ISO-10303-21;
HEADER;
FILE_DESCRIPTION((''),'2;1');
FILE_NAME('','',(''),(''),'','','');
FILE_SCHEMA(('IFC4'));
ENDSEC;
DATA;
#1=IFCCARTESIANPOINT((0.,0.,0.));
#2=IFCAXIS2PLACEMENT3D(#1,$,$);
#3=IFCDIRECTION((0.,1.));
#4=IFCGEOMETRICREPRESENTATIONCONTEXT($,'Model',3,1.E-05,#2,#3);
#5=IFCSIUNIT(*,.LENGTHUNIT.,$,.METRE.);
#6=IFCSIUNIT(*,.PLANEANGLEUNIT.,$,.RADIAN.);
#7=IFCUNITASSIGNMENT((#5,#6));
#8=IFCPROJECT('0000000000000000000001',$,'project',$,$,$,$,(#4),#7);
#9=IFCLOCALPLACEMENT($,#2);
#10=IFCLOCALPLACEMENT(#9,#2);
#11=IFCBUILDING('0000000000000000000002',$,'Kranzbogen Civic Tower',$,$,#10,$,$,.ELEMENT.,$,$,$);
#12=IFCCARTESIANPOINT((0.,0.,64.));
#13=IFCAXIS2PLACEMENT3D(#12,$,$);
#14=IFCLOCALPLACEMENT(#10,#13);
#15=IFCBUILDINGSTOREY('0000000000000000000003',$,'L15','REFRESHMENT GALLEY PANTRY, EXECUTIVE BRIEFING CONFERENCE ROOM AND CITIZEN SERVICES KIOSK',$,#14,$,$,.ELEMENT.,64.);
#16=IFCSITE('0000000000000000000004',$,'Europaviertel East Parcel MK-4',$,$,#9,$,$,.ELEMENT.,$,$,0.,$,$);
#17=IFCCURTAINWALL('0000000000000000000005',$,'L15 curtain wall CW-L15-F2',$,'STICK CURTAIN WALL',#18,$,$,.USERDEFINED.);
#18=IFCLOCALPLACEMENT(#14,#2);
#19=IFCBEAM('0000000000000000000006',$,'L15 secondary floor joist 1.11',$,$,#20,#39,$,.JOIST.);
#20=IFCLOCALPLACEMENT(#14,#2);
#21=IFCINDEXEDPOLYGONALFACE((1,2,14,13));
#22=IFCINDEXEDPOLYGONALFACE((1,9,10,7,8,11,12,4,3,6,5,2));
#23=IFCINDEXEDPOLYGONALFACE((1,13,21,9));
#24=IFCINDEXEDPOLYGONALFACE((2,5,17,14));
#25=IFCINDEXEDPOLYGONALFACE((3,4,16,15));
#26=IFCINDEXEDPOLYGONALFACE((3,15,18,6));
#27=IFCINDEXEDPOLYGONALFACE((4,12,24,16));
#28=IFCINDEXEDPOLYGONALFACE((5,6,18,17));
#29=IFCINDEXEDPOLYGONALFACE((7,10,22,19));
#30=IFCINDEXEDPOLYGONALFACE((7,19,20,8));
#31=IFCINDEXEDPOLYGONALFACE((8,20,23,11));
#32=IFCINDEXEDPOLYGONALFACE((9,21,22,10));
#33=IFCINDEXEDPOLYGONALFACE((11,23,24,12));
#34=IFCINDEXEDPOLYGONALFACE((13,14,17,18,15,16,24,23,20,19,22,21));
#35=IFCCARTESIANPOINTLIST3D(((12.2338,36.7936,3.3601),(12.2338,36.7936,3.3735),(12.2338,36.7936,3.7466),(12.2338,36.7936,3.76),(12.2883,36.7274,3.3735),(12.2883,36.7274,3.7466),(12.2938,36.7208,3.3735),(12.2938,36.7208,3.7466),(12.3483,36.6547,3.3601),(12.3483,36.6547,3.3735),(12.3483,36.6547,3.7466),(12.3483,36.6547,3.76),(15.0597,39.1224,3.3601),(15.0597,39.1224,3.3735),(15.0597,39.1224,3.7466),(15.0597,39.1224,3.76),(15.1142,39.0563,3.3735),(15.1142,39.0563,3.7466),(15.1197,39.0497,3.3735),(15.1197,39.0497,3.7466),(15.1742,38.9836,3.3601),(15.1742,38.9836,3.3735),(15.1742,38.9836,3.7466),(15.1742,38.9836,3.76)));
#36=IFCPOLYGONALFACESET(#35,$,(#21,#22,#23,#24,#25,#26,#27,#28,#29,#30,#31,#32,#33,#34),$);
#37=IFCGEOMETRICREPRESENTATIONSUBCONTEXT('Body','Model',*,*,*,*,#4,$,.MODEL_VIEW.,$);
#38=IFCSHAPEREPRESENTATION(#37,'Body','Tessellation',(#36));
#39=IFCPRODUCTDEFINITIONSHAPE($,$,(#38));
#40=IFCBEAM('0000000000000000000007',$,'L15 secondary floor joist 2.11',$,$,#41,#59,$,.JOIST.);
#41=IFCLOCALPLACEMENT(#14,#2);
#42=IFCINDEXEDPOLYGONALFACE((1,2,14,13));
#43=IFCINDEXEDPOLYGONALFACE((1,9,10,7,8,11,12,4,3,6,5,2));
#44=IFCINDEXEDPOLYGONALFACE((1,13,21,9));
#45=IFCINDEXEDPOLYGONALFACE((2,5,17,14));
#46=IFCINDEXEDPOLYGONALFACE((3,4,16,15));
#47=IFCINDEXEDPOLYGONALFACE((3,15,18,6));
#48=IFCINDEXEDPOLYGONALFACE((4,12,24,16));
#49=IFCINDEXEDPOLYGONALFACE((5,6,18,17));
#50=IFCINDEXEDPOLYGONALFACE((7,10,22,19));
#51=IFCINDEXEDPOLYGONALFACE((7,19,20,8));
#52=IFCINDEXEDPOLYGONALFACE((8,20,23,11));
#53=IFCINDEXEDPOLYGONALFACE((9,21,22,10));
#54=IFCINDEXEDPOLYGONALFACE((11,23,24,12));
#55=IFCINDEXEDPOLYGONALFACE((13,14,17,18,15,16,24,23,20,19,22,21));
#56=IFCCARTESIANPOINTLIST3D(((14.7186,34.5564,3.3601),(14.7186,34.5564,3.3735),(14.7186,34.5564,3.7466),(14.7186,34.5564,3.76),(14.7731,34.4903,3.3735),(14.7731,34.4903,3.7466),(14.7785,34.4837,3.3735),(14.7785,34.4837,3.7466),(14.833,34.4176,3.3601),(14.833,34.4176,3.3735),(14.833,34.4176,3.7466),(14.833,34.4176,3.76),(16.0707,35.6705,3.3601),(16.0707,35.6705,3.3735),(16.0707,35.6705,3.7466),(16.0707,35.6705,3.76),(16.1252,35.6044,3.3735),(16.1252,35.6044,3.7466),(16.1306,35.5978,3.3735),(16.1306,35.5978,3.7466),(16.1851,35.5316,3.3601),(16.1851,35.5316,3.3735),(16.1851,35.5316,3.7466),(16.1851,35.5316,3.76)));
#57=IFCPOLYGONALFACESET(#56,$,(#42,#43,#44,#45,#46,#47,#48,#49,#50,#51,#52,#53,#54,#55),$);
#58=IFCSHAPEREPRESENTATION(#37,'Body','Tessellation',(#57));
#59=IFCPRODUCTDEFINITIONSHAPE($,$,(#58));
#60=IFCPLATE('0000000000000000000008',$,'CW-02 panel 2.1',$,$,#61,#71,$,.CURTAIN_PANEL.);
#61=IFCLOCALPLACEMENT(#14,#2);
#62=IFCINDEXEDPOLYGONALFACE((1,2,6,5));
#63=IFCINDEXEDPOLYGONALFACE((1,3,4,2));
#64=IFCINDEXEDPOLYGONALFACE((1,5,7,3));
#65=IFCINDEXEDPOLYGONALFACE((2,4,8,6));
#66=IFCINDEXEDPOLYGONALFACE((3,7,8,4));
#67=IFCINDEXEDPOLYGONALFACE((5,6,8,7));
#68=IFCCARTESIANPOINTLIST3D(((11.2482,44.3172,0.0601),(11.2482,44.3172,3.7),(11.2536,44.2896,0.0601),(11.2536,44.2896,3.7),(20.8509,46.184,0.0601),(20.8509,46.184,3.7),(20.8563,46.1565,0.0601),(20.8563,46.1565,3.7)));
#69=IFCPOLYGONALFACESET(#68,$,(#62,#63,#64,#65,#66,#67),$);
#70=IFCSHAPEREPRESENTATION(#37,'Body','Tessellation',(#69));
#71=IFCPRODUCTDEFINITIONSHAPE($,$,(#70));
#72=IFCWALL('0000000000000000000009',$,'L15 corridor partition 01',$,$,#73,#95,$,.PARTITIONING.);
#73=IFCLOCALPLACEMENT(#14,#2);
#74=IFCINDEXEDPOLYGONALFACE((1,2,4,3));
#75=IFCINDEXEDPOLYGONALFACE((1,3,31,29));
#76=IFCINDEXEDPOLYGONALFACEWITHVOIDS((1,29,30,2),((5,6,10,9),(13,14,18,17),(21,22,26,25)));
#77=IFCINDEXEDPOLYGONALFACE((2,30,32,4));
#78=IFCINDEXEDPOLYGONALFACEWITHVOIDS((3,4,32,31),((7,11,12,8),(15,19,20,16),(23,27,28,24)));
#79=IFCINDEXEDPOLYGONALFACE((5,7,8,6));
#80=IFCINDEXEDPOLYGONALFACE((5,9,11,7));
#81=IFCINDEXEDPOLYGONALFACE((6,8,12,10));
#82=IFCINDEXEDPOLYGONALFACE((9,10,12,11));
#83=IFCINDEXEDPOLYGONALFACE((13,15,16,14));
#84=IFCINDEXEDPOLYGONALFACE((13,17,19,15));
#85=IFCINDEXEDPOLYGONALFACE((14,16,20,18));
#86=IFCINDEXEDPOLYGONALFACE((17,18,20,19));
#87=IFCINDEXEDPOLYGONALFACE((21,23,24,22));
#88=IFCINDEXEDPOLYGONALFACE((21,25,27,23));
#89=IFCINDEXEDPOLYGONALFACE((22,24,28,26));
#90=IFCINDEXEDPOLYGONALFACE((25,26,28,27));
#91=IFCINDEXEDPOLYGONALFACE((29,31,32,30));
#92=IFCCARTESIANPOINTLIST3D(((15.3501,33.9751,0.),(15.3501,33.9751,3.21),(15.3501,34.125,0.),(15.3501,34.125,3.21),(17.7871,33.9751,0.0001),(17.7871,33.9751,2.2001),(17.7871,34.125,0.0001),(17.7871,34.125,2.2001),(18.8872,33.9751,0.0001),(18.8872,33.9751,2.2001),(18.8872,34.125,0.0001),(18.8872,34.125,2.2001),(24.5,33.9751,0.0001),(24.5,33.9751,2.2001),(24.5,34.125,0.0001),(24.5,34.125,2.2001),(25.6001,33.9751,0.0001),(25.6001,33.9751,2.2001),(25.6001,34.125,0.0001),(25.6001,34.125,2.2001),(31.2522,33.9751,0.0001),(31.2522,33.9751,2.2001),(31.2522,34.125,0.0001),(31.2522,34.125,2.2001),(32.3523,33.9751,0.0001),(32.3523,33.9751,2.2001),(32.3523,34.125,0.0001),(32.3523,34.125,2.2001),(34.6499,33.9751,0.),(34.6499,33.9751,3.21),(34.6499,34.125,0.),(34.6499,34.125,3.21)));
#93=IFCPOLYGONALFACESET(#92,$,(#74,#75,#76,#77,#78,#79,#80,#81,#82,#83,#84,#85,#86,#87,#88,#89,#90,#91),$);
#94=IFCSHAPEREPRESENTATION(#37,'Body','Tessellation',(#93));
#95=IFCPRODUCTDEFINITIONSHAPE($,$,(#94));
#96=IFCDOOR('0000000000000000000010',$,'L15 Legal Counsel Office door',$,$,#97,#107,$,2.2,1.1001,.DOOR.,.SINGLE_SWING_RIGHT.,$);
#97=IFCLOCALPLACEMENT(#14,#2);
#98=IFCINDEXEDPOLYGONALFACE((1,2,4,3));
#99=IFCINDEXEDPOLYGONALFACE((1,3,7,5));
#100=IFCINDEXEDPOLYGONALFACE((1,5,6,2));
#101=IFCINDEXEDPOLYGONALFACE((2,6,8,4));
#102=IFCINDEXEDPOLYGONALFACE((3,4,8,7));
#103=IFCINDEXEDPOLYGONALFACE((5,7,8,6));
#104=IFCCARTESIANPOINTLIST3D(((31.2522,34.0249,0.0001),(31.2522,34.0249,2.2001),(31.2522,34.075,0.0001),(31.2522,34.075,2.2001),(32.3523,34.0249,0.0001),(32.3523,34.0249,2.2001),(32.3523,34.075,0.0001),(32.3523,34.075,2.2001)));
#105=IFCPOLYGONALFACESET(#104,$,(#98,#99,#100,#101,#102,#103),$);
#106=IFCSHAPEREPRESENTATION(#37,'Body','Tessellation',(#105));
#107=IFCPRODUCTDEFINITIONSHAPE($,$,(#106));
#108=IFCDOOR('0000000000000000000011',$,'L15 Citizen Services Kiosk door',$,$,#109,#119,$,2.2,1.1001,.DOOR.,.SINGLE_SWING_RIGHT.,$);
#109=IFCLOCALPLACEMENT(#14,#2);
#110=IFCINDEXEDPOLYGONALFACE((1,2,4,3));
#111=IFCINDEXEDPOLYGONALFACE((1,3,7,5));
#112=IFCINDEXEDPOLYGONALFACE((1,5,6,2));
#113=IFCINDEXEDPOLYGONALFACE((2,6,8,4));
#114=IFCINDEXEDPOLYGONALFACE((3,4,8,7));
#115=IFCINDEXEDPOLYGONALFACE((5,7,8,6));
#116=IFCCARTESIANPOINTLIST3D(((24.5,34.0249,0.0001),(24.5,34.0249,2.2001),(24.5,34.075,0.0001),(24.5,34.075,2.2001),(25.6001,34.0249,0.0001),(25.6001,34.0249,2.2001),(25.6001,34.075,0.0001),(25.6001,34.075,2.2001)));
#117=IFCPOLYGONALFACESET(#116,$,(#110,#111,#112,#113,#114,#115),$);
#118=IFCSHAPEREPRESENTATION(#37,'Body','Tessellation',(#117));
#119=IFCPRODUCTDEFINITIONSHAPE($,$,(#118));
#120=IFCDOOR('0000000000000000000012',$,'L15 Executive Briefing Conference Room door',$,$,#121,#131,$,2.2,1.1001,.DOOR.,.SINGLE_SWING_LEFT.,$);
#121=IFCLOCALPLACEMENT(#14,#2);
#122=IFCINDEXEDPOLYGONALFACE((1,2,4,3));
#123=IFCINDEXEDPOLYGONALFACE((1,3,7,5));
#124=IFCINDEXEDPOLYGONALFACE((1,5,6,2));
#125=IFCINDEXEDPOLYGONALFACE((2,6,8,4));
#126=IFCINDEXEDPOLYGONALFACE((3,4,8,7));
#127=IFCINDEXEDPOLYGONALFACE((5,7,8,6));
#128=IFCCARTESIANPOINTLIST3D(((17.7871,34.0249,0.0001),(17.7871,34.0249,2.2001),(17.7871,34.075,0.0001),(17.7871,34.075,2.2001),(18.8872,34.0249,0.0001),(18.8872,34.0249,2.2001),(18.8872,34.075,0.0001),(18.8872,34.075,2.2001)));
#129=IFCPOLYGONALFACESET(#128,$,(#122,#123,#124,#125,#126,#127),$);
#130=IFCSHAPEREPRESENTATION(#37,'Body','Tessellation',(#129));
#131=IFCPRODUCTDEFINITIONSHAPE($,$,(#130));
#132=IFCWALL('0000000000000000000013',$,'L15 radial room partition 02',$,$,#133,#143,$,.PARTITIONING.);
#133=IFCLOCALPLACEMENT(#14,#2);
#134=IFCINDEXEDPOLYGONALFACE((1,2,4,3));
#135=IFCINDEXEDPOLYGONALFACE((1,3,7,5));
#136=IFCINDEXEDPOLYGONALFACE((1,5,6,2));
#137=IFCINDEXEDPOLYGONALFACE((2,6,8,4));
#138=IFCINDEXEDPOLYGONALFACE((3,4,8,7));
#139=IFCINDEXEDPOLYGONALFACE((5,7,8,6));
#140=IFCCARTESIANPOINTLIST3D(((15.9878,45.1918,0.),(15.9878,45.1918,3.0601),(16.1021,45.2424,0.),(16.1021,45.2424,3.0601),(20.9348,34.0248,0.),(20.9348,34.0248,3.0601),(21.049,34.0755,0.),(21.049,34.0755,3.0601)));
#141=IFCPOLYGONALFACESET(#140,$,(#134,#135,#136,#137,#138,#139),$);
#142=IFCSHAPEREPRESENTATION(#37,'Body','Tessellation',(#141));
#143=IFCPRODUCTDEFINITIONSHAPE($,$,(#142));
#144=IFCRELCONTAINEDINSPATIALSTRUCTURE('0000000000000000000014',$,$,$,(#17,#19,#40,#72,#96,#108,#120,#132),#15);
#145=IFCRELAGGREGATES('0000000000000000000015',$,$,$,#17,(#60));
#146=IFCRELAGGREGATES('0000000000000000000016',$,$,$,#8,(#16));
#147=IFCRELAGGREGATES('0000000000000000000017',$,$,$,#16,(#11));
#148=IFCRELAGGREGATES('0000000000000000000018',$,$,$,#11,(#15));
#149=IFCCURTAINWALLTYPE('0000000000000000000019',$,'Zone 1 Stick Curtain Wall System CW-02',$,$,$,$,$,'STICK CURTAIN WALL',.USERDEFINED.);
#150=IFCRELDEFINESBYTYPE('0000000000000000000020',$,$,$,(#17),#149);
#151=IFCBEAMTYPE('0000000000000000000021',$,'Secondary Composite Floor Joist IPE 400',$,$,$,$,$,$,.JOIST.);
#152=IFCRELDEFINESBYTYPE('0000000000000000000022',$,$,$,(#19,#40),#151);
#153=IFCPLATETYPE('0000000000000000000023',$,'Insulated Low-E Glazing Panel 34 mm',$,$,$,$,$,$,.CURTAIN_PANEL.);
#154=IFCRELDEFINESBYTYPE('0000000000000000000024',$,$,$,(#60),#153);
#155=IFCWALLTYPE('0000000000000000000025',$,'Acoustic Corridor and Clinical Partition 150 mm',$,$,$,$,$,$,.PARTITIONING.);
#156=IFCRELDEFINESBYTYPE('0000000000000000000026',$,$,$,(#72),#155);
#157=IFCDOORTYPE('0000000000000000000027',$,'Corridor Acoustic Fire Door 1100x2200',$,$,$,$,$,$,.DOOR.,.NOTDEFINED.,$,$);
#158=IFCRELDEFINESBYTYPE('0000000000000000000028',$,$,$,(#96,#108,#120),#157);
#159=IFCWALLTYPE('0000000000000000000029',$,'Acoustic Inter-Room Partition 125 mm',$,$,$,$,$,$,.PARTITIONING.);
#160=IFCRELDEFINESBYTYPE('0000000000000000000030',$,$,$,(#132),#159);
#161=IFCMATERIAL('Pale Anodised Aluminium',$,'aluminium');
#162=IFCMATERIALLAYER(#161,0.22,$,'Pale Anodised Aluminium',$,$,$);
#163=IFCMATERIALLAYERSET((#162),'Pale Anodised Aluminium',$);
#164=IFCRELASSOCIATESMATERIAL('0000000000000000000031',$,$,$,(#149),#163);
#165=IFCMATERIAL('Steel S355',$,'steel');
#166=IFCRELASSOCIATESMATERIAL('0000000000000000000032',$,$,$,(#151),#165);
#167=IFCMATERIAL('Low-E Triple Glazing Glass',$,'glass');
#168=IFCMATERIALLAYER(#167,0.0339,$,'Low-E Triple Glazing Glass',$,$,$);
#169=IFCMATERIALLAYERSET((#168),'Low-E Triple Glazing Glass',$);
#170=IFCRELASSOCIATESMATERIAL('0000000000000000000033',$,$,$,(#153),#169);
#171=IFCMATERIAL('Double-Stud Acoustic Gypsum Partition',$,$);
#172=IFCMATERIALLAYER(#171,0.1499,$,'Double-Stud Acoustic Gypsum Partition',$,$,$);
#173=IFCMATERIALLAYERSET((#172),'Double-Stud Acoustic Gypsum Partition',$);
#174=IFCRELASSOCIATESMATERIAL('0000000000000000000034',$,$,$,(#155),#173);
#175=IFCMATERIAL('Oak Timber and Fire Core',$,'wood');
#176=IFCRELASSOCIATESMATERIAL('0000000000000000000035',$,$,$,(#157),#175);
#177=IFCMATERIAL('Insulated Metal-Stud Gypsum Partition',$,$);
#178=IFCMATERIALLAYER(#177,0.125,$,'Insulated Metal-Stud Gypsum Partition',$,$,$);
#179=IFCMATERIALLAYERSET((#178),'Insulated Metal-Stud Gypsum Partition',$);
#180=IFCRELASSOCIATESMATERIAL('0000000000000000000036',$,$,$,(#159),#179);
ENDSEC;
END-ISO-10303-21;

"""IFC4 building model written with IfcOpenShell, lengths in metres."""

from ifc_helpers import new_model, si_unit, direction, frame, frame_2d, origin, origin_2d, place, context, subcontext, project, spatial, rectangle, i_section, extrude, material, layer, layer_set, material_profile, profile_set, type_object, element, fill, aggregate, save


model = new_model("IFC4")

# Units and contexts
model_context = context("Model", 3, precision=1e-05, world=origin(), true_north=direction((0.0, 1.0)))
body_context = subcontext(model_context, "Body", "Model", "MODEL_VIEW")
ifc_project = project(units=[si_unit("LENGTHUNIT", "METRE"), si_unit("PLANEANGLEUNIT", "RADIAN")], contexts=[model_context])

# Site, building, storey
site_placement = place(None, origin())
site = spatial("IfcSite", under=ifc_project, at=site_placement, Name="Europaviertel East Parcel MK-4", CompositionType="ELEMENT", RefElevation=0.0)
building_placement = place(site_placement, origin())
building = spatial("IfcBuilding", under=site, at=building_placement, Name="Kranzbogen Civic Tower", CompositionType="ELEMENT")
storey_placement = place(building_placement, frame((0.0, 0.0, 64.0)))
storey = spatial("IfcBuildingStorey", under=building, at=storey_placement, Name="L15", Description="REFRESHMENT GALLEY PANTRY, EXECUTIVE BRIEFING CONFERENCE ROOM AND CITIZEN SERVICES KIOSK", CompositionType="ELEMENT", Elevation=64.0)

# Shared definitions
ifc_material_1 = material(Name="Steel S355", Category="steel")

# Curtain wall
ifc_material_2 = material(Name="Pale Anodised Aluminium", Category="aluminium")
ifc_layer_1 = layer(ifc_material_2, 0.22, Name="Pale Anodised Aluminium")
ifc_layer_set_1 = layer_set([ifc_layer_1], Name="Pale Anodised Aluminium")
curtain_wall_type = type_object("IfcCurtainWallType", Name="Zone 1 Stick Curtain Wall System CW-02", ElementType="STICK CURTAIN WALL", PredefinedType="USERDEFINED", material=ifc_layer_set_1)
curtain_wall_placement = place(storey_placement, origin())
curtain_wall = element("IfcCurtainWall", 1, at=curtain_wall_placement, inside=storey, type_object=curtain_wall_type, Name="L15 curtain wall CW-L15-F2", ObjectType="STICK CURTAIN WALL", PredefinedType="USERDEFINED")

# Beams
ifc_material_profile_1 = material_profile(ifc_material_1, i_section(OverallWidth=0.1799, OverallDepth=0.3999, WebThickness=0.0085, FlangeThickness=0.0134, at=origin_2d()), Name="IPE 400")
ifc_profile_set_1 = profile_set([ifc_material_profile_1], Name="Steel S355")
beam_type_1 = type_object("IfcBeamType", Name="Secondary Composite Floor Joist IPE 400", PredefinedType="JOIST", material=ifc_profile_set_1)
beam_1_placement = place(storey_placement, frame((15.1169, 39.053, 3.5601), z_axis=(-0.771713, -0.635971, 0.0), x_axis=(0.635971, -0.771713, 0.0)))
element("IfcBeam", 2, at=beam_1_placement, inside=storey, type_object=beam_type_1, Name="L15 secondary floor joist 1.11", PredefinedType="JOIST", context=body_context, shape_type="SweptSolid", body=[
    extrude(i_section(OverallWidth=0.1799, OverallDepth=0.3999, WebThickness=0.0085, FlangeThickness=0.0134, at=origin_2d()), origin(), (0.0, 0.0, 1.0), 3.6619),
])
beam_2_placement = place(storey_placement, frame((16.1279, 35.6011, 3.5601), z_axis=(-0.771773, -0.635898, 0.0), x_axis=(0.635898, -0.771773, 0.0)))
element("IfcBeam", 3, at=beam_2_placement, inside=storey, type_object=beam_type_1, Name="L15 secondary floor joist 2.11", PredefinedType="JOIST", context=body_context, shape_type="SweptSolid", body=[
    extrude(i_section(OverallWidth=0.1799, OverallDepth=0.3999, WebThickness=0.0085, FlangeThickness=0.0134, at=origin_2d()), origin(), (0.0, 0.0, 1.0), 1.752),
])

# Plate
ifc_material_3 = material(Name="Low-E Triple Glazing Glass", Category="glass")
ifc_layer_2 = layer(ifc_material_3, 0.0339, Name="Low-E Triple Glazing Glass")
ifc_layer_set_2 = layer_set([ifc_layer_2], Name="Low-E Triple Glazing Glass")
plate_type = type_object("IfcPlateType", Name="Insulated Low-E Glazing Panel 34 mm", PredefinedType="CURTAIN_PANEL", material=ifc_layer_set_2)
plate_placement = place(storey_placement, frame((16.0522, 45.2368, 0.0601), z_axis=(0.0, 0.0, 1.0), x_axis=(-0.981622, -0.190834, 0.0)))
plate = element("IfcPlate", 4, at=plate_placement, type_object=plate_type, Name="CW-02 panel 2.1", PredefinedType="CURTAIN_PANEL", context=body_context, shape_type="SweptSolid", body=[
    extrude(rectangle(XDim=9.7825, YDim=0.0281, at=origin_2d()), origin(), (0.0, 0.0, 1.0), 3.6399),
])
aggregate(curtain_wall, [plate])

# Wall, openings, doors
ifc_material_4 = material(Name="Double-Stud Acoustic Gypsum Partition")
ifc_layer_3 = layer(ifc_material_4, 0.1499, Name="Double-Stud Acoustic Gypsum Partition")
ifc_layer_set_3 = layer_set([ifc_layer_3], Name="Double-Stud Acoustic Gypsum Partition")
wall_type_1 = type_object("IfcWallType", Name="Acoustic Corridor and Clinical Partition 150 mm", PredefinedType="PARTITIONING", material=ifc_layer_set_3)
wall_1_placement = place(storey_placement, frame((15.3501, 34.05, 0.0), z_axis=(0.0, 0.0, 1.0), x_axis=(1.0, 0.0, 0.0)))
wall_1 = element("IfcWall", 5, at=wall_1_placement, inside=storey, type_object=wall_type_1, Name="L15 corridor partition 01", PredefinedType="PARTITIONING", context=body_context, shape_type="SweptSolid", body=[
    extrude(rectangle(XDim=19.2998, YDim=0.1499, at=frame_2d((9.6499, 0.0))), origin(), (0.0, 0.0, 1.0), 3.21),
])
opening_1_placement = place(wall_1_placement, frame((15.9021, 0.0, 0.0)))
opening_1 = element("IfcOpeningElement", 6, at=opening_1_placement, cuts=wall_1, PredefinedType="OPENING", context=body_context, shape_type="SweptSolid", body=[
    extrude(rectangle(XDim=1.1001, YDim=2.2, at=frame_2d((0.55, 1.1001))), frame((0.0, 0.085, 0.0), z_axis=(0.0, -1.0, 0.0), x_axis=(1.0, 0.0, 0.0)), (0.0, 0.0, 1.0), 0.1699),
])
opening_2_placement = place(wall_1_placement, frame((9.1499, 0.0, 0.0)))
opening_2 = element("IfcOpeningElement", 7, at=opening_2_placement, cuts=wall_1, PredefinedType="OPENING", context=body_context, shape_type="SweptSolid", body=[
    extrude(rectangle(XDim=1.1001, YDim=2.2, at=frame_2d((0.55, 1.1001))), frame((0.0, 0.085, 0.0), z_axis=(0.0, -1.0, 0.0), x_axis=(1.0, 0.0, 0.0)), (0.0, 0.0, 1.0), 0.1699),
])
opening_3_placement = place(wall_1_placement, frame((2.437, 0.0, 0.0)))
opening_3 = element("IfcOpeningElement", 8, at=opening_3_placement, cuts=wall_1, PredefinedType="OPENING", context=body_context, shape_type="SweptSolid", body=[
    extrude(rectangle(XDim=1.1001, YDim=2.2, at=frame_2d((0.55, 1.1001))), frame((0.0, 0.085, 0.0), z_axis=(0.0, -1.0, 0.0), x_axis=(1.0, 0.0, 0.0)), (0.0, 0.0, 1.0), 0.1699),
])
ifc_material_5 = material(Name="Oak Timber and Fire Core", Category="wood")
door_type_1 = type_object("IfcDoorType", Name="Corridor Acoustic Fire Door 1100x2200", OperationType="NOTDEFINED", PredefinedType="DOOR", material=ifc_material_5)
door_1_placement = place(opening_1_placement, origin())
door_1 = element("IfcDoor", 9, at=door_1_placement, inside=storey, type_object=door_type_1, Name="L15 Legal Counsel Office door", OperationType="SINGLE_SWING_RIGHT", OverallHeight=2.2, OverallWidth=1.1001, PredefinedType="DOOR", context=body_context, shape_type="SweptSolid", body=[
    extrude(rectangle(XDim=1.1001, YDim=2.2, at=frame_2d((0.55, 1.1001))), frame((0.0, 0.0249, 0.0), z_axis=(0.0, -1.0, 0.0), x_axis=(1.0, 0.0, 0.0)), (0.0, 0.0, 1.0), 0.05),
])
fill(opening_1, door_1)
door_2_placement = place(opening_2_placement, origin())
door_2 = element("IfcDoor", 10, at=door_2_placement, inside=storey, type_object=door_type_1, Name="L15 Citizen Services Kiosk door", OperationType="SINGLE_SWING_RIGHT", OverallHeight=2.2, OverallWidth=1.1001, PredefinedType="DOOR", context=body_context, shape_type="SweptSolid", body=[
    extrude(rectangle(XDim=1.1001, YDim=2.2, at=frame_2d((0.55, 1.1001))), frame((0.0, 0.0249, 0.0), z_axis=(0.0, -1.0, 0.0), x_axis=(1.0, 0.0, 0.0)), (0.0, 0.0, 1.0), 0.05),
])
fill(opening_2, door_2)
door_3_placement = place(opening_3_placement, origin())
door_3 = element("IfcDoor", 11, at=door_3_placement, inside=storey, type_object=door_type_1, Name="L15 Executive Briefing Conference Room door", OperationType="SINGLE_SWING_LEFT", OverallHeight=2.2, OverallWidth=1.1001, PredefinedType="DOOR", context=body_context, shape_type="SweptSolid", body=[
    extrude(rectangle(XDim=1.1001, YDim=2.2, at=frame_2d((0.55, 1.1001))), frame((0.0, 0.0249, 0.0), z_axis=(0.0, -1.0, 0.0), x_axis=(1.0, 0.0, 0.0)), (0.0, 0.0, 1.0), 0.05),
])
fill(opening_3, door_3)

# Wall
ifc_material_6 = material(Name="Insulated Metal-Stud Gypsum Partition")
ifc_layer_4 = layer(ifc_material_6, 0.125, Name="Insulated Metal-Stud Gypsum Partition")
ifc_layer_set_4 = layer_set([ifc_layer_4], Name="Insulated Metal-Stud Gypsum Partition")
wall_type_2 = type_object("IfcWallType", Name="Acoustic Inter-Room Partition 125 mm", PredefinedType="PARTITIONING", material=ifc_layer_set_4)
wall_2_placement = place(storey_placement, frame((20.9919, 34.05, 0.0), z_axis=(0.0, 0.0, 1.0), x_axis=(-0.405038, 0.9143, 0.0)))
element("IfcWall", 12, at=wall_2_placement, inside=storey, type_object=wall_type_2, Name="L15 radial room partition 02", PredefinedType="PARTITIONING", context=body_context, shape_type="SweptSolid", body=[
    extrude(rectangle(XDim=12.2136, YDim=0.125, at=frame_2d((6.1069, 0.0))), origin(), (0.0, 0.0, 1.0), 3.0601),
])

save(model, "model.ifc")
